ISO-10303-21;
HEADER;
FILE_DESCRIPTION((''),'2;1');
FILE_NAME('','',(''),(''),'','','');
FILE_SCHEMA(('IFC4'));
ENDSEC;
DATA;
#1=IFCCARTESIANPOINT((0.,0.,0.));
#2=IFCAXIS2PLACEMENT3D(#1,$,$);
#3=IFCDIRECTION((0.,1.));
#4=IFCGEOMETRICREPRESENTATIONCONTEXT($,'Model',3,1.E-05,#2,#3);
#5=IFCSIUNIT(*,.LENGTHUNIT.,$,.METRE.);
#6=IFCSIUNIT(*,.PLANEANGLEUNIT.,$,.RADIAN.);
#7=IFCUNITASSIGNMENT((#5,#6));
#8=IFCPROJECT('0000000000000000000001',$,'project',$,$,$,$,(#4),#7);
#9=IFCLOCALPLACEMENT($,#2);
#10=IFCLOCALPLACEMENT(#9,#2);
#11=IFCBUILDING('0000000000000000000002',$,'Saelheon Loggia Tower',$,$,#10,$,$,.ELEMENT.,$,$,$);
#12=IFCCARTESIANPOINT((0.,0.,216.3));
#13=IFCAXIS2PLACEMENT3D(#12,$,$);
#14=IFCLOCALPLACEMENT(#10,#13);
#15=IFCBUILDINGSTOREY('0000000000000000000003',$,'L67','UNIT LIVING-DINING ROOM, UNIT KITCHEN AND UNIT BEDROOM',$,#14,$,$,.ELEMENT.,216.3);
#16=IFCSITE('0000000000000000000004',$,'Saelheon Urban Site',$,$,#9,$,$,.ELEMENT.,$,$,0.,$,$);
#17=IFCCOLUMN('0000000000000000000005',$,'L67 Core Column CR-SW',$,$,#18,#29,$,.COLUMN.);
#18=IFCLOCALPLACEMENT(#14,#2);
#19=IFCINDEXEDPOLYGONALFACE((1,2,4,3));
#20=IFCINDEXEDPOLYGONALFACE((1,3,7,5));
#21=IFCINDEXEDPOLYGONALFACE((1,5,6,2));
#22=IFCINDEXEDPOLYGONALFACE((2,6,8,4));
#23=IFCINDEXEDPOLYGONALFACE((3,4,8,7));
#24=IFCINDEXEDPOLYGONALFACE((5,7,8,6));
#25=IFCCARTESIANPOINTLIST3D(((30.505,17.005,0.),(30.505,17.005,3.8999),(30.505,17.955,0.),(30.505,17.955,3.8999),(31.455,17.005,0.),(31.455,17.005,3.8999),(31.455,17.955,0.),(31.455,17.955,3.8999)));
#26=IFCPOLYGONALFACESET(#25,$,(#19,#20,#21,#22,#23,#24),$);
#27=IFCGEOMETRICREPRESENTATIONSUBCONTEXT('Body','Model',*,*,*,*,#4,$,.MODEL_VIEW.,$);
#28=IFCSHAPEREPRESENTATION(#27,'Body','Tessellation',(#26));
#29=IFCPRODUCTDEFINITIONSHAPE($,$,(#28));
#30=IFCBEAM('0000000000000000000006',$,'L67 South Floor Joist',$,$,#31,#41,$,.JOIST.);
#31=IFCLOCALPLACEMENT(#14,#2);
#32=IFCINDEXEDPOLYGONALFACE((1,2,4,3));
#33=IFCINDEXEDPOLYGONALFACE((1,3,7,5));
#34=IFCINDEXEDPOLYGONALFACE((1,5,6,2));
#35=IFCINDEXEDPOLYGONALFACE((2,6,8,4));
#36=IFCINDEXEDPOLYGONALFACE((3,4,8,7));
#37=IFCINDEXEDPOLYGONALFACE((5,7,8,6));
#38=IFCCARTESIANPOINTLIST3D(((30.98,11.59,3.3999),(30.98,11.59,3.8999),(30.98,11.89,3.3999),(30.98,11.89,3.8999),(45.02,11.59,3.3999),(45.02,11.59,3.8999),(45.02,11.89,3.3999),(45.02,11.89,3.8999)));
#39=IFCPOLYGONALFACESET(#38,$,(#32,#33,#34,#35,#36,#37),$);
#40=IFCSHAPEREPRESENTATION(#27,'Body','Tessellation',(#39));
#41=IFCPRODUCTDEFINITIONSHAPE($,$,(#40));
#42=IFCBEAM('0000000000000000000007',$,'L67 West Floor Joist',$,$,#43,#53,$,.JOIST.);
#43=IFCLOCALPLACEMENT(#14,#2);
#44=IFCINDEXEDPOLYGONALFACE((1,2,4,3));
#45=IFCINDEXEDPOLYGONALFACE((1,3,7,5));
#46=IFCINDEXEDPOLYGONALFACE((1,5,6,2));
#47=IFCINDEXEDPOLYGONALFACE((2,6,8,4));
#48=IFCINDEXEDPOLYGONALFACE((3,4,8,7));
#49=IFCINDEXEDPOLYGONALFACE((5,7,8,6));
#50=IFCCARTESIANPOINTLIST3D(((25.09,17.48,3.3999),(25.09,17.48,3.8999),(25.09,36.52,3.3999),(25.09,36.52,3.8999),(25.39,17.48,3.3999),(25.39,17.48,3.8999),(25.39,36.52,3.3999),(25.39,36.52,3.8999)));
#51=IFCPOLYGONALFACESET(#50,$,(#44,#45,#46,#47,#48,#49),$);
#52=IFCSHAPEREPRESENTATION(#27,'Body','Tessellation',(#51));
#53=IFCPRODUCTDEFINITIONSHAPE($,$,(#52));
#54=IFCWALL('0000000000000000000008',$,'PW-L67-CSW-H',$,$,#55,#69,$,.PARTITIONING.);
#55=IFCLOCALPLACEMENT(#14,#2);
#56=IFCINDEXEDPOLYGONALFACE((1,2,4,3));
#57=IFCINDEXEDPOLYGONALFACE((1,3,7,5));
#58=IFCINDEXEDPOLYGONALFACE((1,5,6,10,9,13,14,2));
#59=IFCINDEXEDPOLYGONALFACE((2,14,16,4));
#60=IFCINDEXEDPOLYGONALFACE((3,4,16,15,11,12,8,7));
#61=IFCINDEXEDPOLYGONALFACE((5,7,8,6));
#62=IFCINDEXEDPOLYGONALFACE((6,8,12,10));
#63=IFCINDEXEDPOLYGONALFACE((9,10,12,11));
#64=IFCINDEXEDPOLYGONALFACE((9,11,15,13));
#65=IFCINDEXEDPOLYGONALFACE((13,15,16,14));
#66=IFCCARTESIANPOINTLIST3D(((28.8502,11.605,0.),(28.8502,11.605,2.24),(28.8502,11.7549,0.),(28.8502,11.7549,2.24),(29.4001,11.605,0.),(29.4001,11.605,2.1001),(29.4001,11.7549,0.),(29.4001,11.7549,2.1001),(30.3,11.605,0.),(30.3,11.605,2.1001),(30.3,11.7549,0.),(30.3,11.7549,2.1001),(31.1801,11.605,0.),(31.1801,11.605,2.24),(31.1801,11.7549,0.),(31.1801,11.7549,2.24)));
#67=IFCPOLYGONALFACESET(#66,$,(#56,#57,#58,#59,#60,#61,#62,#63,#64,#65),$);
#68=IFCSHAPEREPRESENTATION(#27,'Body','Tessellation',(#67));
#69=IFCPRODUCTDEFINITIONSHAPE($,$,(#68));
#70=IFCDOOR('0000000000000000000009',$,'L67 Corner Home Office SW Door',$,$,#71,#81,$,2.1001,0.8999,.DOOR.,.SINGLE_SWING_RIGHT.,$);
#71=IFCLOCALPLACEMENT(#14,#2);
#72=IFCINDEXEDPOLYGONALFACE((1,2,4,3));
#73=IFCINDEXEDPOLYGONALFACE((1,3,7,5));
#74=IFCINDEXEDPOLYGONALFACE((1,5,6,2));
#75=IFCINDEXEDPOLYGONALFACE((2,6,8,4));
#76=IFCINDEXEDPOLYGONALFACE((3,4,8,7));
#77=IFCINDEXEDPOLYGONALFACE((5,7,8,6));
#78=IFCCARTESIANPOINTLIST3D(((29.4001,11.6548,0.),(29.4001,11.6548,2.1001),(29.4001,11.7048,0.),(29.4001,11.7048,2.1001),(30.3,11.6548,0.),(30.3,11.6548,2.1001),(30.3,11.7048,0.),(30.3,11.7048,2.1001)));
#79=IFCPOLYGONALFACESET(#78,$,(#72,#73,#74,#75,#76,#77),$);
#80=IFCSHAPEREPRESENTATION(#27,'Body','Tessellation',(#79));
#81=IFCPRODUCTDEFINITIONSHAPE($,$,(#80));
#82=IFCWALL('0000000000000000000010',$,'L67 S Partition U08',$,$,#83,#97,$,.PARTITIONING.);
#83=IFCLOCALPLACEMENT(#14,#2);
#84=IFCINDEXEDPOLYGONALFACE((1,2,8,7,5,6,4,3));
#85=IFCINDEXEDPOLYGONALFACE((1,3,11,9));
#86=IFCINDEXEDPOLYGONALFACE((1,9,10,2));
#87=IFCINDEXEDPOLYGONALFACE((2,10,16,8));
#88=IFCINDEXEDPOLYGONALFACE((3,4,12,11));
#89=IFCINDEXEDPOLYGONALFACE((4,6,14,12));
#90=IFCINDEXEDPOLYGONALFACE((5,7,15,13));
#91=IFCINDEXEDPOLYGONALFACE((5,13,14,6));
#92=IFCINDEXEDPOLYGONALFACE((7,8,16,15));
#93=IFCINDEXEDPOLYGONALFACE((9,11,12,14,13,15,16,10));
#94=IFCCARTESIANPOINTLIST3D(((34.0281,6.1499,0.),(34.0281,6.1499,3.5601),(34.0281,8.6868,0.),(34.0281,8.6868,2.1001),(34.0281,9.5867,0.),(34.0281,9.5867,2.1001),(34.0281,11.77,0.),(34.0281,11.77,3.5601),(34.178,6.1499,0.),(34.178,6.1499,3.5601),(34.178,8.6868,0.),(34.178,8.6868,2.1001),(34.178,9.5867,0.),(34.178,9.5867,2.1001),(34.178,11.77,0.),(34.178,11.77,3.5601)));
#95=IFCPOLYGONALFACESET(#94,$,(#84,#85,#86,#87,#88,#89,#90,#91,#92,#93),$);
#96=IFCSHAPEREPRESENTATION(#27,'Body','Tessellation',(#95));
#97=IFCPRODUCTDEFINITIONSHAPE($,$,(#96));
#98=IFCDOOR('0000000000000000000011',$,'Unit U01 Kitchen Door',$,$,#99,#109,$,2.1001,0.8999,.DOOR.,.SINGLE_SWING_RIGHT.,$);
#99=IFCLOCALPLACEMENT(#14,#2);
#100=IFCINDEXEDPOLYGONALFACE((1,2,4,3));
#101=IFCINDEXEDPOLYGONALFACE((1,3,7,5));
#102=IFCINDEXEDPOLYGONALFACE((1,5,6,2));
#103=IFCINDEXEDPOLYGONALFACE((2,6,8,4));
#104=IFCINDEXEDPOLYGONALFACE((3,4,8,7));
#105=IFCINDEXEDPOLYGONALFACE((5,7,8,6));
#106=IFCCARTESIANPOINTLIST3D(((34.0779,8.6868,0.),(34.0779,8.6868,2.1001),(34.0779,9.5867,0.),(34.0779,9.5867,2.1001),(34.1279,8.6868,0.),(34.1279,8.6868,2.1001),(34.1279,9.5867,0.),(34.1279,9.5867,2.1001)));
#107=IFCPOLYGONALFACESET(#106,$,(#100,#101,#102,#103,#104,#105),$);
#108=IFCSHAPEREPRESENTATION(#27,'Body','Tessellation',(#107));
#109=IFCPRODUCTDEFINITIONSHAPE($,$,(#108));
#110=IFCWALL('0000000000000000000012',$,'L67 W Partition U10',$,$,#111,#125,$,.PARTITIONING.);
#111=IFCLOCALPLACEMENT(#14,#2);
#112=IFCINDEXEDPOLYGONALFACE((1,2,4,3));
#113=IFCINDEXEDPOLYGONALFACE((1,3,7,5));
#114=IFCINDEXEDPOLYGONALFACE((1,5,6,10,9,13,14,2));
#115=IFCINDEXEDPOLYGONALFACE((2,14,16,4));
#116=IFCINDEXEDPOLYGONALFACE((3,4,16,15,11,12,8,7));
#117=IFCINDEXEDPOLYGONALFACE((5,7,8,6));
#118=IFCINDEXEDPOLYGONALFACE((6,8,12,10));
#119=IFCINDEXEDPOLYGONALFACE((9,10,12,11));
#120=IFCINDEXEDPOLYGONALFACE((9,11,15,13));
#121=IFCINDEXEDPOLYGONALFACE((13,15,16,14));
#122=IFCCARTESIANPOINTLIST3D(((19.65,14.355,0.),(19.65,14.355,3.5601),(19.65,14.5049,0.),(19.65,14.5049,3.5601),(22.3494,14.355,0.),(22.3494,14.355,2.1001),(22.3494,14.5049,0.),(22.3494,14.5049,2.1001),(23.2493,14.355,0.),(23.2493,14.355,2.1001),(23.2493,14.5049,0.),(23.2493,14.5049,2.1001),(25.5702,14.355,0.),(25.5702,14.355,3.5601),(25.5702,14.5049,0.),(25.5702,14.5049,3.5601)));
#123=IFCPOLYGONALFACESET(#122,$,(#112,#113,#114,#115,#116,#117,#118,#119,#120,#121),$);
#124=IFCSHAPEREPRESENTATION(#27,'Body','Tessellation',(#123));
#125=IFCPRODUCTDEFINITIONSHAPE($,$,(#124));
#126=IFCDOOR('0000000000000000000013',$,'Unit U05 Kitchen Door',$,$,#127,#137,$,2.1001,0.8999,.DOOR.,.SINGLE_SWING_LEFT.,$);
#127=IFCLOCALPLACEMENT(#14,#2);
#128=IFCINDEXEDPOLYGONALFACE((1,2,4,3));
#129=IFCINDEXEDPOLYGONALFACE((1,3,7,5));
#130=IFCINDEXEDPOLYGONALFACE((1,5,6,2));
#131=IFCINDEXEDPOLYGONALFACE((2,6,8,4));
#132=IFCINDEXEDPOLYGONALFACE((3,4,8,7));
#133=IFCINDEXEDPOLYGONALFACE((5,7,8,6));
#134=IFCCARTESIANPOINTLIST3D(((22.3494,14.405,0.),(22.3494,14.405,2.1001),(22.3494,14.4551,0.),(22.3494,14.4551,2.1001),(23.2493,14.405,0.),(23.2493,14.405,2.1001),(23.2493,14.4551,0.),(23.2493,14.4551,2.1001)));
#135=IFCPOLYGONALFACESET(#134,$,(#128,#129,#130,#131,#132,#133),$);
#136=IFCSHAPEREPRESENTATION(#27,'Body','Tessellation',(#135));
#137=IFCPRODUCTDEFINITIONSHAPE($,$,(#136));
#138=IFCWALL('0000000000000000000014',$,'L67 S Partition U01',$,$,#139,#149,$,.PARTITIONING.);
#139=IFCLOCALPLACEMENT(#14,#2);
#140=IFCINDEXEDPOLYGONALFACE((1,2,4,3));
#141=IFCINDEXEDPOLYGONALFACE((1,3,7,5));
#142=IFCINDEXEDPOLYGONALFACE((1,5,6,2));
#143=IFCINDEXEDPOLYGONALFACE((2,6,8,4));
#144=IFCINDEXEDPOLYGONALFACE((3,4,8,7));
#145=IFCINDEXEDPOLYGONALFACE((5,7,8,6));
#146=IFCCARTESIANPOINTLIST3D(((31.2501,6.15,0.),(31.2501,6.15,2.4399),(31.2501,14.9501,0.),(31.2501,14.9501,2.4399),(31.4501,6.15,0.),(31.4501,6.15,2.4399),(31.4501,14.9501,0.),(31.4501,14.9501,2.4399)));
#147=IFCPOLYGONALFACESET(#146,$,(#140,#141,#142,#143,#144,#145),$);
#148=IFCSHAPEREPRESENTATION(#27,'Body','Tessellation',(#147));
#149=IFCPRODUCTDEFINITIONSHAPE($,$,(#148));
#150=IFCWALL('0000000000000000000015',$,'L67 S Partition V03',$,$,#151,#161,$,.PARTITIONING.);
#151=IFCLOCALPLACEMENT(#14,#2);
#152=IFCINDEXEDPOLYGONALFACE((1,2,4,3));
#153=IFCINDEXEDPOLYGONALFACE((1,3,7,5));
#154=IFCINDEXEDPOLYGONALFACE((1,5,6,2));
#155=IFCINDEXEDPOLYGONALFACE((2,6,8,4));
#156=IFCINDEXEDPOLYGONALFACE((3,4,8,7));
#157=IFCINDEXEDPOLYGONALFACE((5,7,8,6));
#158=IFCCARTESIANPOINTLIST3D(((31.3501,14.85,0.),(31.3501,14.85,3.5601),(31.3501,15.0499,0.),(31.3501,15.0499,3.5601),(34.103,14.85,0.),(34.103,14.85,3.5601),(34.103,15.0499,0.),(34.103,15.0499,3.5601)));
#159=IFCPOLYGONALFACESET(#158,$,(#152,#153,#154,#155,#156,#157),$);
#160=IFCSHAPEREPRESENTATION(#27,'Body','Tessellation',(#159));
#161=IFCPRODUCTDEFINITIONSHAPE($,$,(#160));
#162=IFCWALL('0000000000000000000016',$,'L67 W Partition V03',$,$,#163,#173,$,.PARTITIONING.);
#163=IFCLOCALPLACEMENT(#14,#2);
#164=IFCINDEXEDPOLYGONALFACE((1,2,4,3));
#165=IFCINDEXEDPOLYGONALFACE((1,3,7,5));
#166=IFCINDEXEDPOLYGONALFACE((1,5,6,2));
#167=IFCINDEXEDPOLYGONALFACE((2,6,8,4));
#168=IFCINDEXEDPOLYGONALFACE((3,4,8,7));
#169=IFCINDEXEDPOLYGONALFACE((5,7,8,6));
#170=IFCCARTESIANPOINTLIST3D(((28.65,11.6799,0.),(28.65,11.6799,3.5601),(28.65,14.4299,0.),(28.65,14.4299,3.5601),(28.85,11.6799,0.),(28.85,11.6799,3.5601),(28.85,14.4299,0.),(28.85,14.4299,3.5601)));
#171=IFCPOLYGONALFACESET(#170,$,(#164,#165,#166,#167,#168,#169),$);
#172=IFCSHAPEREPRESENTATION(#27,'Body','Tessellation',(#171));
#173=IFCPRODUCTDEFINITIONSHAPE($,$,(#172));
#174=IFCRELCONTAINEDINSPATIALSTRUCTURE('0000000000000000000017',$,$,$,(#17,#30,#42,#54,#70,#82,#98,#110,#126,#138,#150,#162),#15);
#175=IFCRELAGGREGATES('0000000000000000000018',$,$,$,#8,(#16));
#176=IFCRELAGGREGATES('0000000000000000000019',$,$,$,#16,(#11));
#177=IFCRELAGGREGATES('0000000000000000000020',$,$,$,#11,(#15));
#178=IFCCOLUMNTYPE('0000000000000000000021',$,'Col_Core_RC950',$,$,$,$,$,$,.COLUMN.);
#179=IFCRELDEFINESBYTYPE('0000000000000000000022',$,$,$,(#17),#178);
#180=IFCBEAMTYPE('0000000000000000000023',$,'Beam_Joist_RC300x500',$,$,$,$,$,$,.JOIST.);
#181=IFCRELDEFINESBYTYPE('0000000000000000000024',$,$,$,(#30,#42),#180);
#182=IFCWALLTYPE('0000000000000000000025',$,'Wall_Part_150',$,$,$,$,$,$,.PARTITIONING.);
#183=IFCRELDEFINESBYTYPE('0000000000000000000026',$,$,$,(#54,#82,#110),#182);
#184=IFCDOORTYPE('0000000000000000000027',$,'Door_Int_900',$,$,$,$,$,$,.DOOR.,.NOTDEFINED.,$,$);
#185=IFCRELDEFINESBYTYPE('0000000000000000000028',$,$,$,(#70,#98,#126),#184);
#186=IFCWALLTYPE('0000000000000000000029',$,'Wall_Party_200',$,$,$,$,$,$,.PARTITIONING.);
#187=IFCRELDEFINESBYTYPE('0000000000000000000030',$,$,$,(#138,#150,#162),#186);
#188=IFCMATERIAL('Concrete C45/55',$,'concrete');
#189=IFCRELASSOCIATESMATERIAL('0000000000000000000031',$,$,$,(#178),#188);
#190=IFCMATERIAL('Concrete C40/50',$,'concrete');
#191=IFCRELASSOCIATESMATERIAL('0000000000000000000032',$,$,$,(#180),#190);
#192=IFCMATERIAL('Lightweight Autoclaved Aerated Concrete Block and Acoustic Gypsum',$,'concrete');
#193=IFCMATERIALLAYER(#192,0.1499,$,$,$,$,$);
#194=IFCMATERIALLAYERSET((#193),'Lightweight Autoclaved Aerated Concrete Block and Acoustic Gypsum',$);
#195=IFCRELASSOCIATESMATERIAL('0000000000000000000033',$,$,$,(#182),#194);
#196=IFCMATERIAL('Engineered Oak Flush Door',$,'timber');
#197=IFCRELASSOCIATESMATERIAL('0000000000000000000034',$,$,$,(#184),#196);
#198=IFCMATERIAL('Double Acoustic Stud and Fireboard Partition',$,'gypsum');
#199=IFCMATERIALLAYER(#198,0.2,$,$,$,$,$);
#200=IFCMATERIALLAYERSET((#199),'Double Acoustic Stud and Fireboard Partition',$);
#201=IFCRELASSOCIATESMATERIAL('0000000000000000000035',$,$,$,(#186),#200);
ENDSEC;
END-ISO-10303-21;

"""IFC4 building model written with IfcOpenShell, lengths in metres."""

from ifc_helpers import new_model, si_unit, direction, frame, frame_2d, origin, origin_2d, place, context, subcontext, project, spatial, rectangle, extrude, source, transform, mapped, material, layer, layer_set, material_profile, profile_set, type_object, element, fill, save


model = new_model("IFC4")

# Units and contexts
model_context = context("Model", 3, precision=1e-05, world=origin(), true_north=direction((0.0, 1.0)))
body_context = subcontext(model_context, "Body", "Model", "MODEL_VIEW")
ifc_project = project(units=[si_unit("LENGTHUNIT", "METRE"), si_unit("PLANEANGLEUNIT", "RADIAN")], contexts=[model_context])

# Site, building, storey
site_placement = place(None, origin())
site = spatial("IfcSite", under=ifc_project, at=site_placement, Name="Saelheon Urban Site", CompositionType="ELEMENT", RefElevation=0.0)
building_placement = place(site_placement, origin())
building = spatial("IfcBuilding", under=site, at=building_placement, Name="Saelheon Loggia Tower", CompositionType="ELEMENT")
storey_placement = place(building_placement, frame((0.0, 0.0, 216.3)))
storey = spatial("IfcBuildingStorey", under=building, at=storey_placement, Name="L67", Description="UNIT LIVING-DINING ROOM, UNIT KITCHEN AND UNIT BEDROOM", CompositionType="ELEMENT", Elevation=216.3)

# Column
ifc_material_1 = material(Name="Concrete C45/55", Category="concrete")
ifc_material_profile_1 = material_profile(ifc_material_1, rectangle(XDim=0.95, YDim=0.95, at=origin_2d()), Name="RC-950x950")
ifc_profile_set_1 = profile_set([ifc_material_profile_1], Name="Concrete C45/55")
column_type = type_object("IfcColumnType", Name="Col_Core_RC950", PredefinedType="COLUMN", material=ifc_profile_set_1)
shared_shape_1 = source(origin(), body_context, "Body", "SweptSolid", [
    extrude(rectangle(XDim=0.95, YDim=0.95, at=origin_2d()), origin(), (0.0, 0.0, 1.0), 3.8999),
])
column_placement = place(storey_placement, frame((30.98, 17.48, 0.0), z_axis=(0.0, 0.0, 1.0), x_axis=(1.0, 0.0, 0.0)))
element("IfcColumn", 1, at=column_placement, inside=storey, type_object=column_type, Name="L67 Core Column CR-SW", PredefinedType="COLUMN", context=body_context, shape_type="MappedRepresentation", body=[
    mapped(shared_shape_1, transform((0.0, 0.0, 0.0), scale=1.0)),
])

# Beams
ifc_material_2 = material(Name="Concrete C40/50", Category="concrete")
ifc_material_profile_2 = material_profile(ifc_material_2, rectangle(XDim=0.3, YDim=0.5, at=origin_2d()), Name="RC-300x500")
ifc_profile_set_2 = profile_set([ifc_material_profile_2], Name="Concrete C40/50")
beam_type = type_object("IfcBeamType", Name="Beam_Joist_RC300x500", PredefinedType="JOIST", material=ifc_profile_set_2)
shared_shape_2 = source(origin(), body_context, "Body", "SweptSolid", [
    extrude(rectangle(XDim=0.3, YDim=0.5, at=origin_2d()), origin(), (0.0, 0.0, 1.0), 14.04),
])
beam_1_placement = place(storey_placement, frame((30.98, 11.74, 3.6499), z_axis=(1.0, 0.0, 0.0), x_axis=(0.0, 1.0, 0.0)))
element("IfcBeam", 2, at=beam_1_placement, inside=storey, type_object=beam_type, Name="L67 South Floor Joist", PredefinedType="JOIST", context=body_context, shape_type="MappedRepresentation", body=[
    mapped(shared_shape_2, transform((0.0, 0.0, 0.0), scale=1.0)),
])
shared_shape_3 = source(origin(), body_context, "Body", "SweptSolid", [
    extrude(rectangle(XDim=0.3, YDim=0.5, at=origin_2d()), origin(), (0.0, 0.0, 1.0), 19.04),
])
beam_2_placement = place(storey_placement, frame((25.24, 17.48, 3.6499), z_axis=(0.0, 1.0, 0.0), x_axis=(-1.0, 0.0, 0.0)))
element("IfcBeam", 3, at=beam_2_placement, inside=storey, type_object=beam_type, Name="L67 West Floor Joist", PredefinedType="JOIST", context=body_context, shape_type="MappedRepresentation", body=[
    mapped(shared_shape_3, transform((0.0, 0.0, 0.0), scale=1.0)),
])

# Walls, openings, doors
ifc_material_3 = material(Name="Lightweight Autoclaved Aerated Concrete Block and Acoustic Gypsum", Category="concrete")
ifc_layer_1 = layer(ifc_material_3, 0.1499)
ifc_layer_set_1 = layer_set([ifc_layer_1], Name="Lightweight Autoclaved Aerated Concrete Block and Acoustic Gypsum")
wall_type_1 = type_object("IfcWallType", Name="Wall_Part_150", PredefinedType="PARTITIONING", material=ifc_layer_set_1)
wall_1_placement = place(storey_placement, frame((28.8501, 11.6799, 0.0), z_axis=(0.0, 0.0, 1.0), x_axis=(1.0, 0.0, 0.0)))
wall_1 = element("IfcWall", 4, at=wall_1_placement, inside=storey, type_object=wall_type_1, Name="PW-L67-CSW-H", PredefinedType="PARTITIONING", context=body_context, shape_type="SweptSolid", body=[
    extrude(rectangle(XDim=2.3298, YDim=0.1499, at=frame_2d((1.165, 0.0))), origin(), (0.0, 0.0, 1.0), 2.24),
])
opening_1_placement = place(wall_1_placement, frame((0.55, 0.0, 0.0)))
opening_1 = element("IfcOpeningElement", 5, at=opening_1_placement, cuts=wall_1, PredefinedType="OPENING", context=body_context, shape_type="SweptSolid", body=[
    extrude(rectangle(XDim=0.8999, YDim=2.1001, at=frame_2d((0.45, 1.05))), frame((0.0, 0.0869, 0.0), z_axis=(0.0, -1.0, 0.0), x_axis=(1.0, 0.0, 0.0)), (0.0, 0.0, 1.0), 0.1738),
])
ifc_material_4 = material(Name="Engineered Oak Flush Door", Category="timber")
door_type_1 = type_object("IfcDoorType", Name="Door_Int_900", OperationType="NOTDEFINED", PredefinedType="DOOR", material=ifc_material_4)
shared_shape_4 = source(origin(), body_context, "Body", "SweptSolid", [
    extrude(rectangle(XDim=0.8999, YDim=2.1001, at=frame_2d((0.45, 1.05))), frame((0.0, 0.0249, 0.0), z_axis=(0.0, -1.0, 0.0), x_axis=(1.0, 0.0, 0.0)), (0.0, 0.0, 1.0), 0.05),
])
door_1_placement = place(opening_1_placement, origin())
door_1 = element("IfcDoor", 6, at=door_1_placement, inside=storey, type_object=door_type_1, Name="L67 Corner Home Office SW Door", OperationType="SINGLE_SWING_RIGHT", OverallHeight=2.1001, OverallWidth=0.8999, PredefinedType="DOOR", context=body_context, shape_type="MappedRepresentation", body=[
    mapped(shared_shape_4, transform((0.0, 0.0, 0.0), scale=1.0)),
])
fill(opening_1, door_1)
wall_2_placement = place(storey_placement, frame((34.103, 11.77, 0.0), z_axis=(0.0, 0.0, 1.0), x_axis=(0.0, -1.0, 0.0)))
wall_2 = element("IfcWall", 7, at=wall_2_placement, inside=storey, type_object=wall_type_1, Name="L67 S Partition U08", PredefinedType="PARTITIONING", context=body_context, shape_type="SweptSolid", body=[
    extrude(rectangle(XDim=5.6201, YDim=0.1499, at=frame_2d((2.8101, 0.0))), origin(), (0.0, 0.0, 1.0), 3.5601),
])
opening_2_placement = place(wall_2_placement, frame((2.1833, 0.0, 0.0)))
opening_2 = element("IfcOpeningElement", 8, at=opening_2_placement, cuts=wall_2, PredefinedType="OPENING", context=body_context, shape_type="SweptSolid", body=[
    extrude(rectangle(XDim=0.8999, YDim=2.1001, at=frame_2d((0.45, 1.05))), frame((0.0, 0.0869, 0.0), z_axis=(0.0, -1.0, 0.0), x_axis=(1.0, 0.0, 0.0)), (0.0, 0.0, 1.0), 0.1738),
])
door_2_placement = place(opening_2_placement, origin())
door_2 = element("IfcDoor", 9, at=door_2_placement, inside=storey, type_object=door_type_1, Name="Unit U01 Kitchen Door", OperationType="SINGLE_SWING_RIGHT", OverallHeight=2.1001, OverallWidth=0.8999, PredefinedType="DOOR", context=body_context, shape_type="MappedRepresentation", body=[
    mapped(shared_shape_4, transform((0.0, 0.0, 0.0), scale=1.0)),
])
fill(opening_2, door_2)
wall_3_placement = place(storey_placement, frame((25.5701, 14.4299, 0.0), z_axis=(0.0, 0.0, 1.0), x_axis=(-1.0, 0.0, 0.0)))
wall_3 = element("IfcWall", 10, at=wall_3_placement, inside=storey, type_object=wall_type_1, Name="L67 W Partition U10", PredefinedType="PARTITIONING", context=body_context, shape_type="SweptSolid", body=[
    extrude(rectangle(XDim=5.9202, YDim=0.1499, at=frame_2d((2.96, 0.0))), origin(), (0.0, 0.0, 1.0), 3.5601),
])
opening_3_placement = place(wall_3_placement, frame((2.3208, 0.0, 0.0)))
opening_3 = element("IfcOpeningElement", 11, at=opening_3_placement, cuts=wall_3, PredefinedType="OPENING", context=body_context, shape_type="SweptSolid", body=[
    extrude(rectangle(XDim=0.8999, YDim=2.1001, at=frame_2d((0.45, 1.05))), frame((0.0, 0.0869, 0.0), z_axis=(0.0, -1.0, 0.0), x_axis=(1.0, 0.0, 0.0)), (0.0, 0.0, 1.0), 0.1738),
])
door_3_placement = place(opening_3_placement, origin())
door_3 = element("IfcDoor", 12, at=door_3_placement, inside=storey, type_object=door_type_1, Name="Unit U05 Kitchen Door", OperationType="SINGLE_SWING_LEFT", OverallHeight=2.1001, OverallWidth=0.8999, PredefinedType="DOOR", context=body_context, shape_type="MappedRepresentation", body=[
    mapped(shared_shape_4, transform((0.0, 0.0, 0.0), scale=1.0)),
])
fill(opening_3, door_3)

# Walls
ifc_material_5 = material(Name="Double Acoustic Stud and Fireboard Partition", Category="gypsum")
ifc_layer_2 = layer(ifc_material_5, 0.2)
ifc_layer_set_2 = layer_set([ifc_layer_2], Name="Double Acoustic Stud and Fireboard Partition")
wall_type_2 = type_object("IfcWallType", Name="Wall_Party_200", PredefinedType="PARTITIONING", material=ifc_layer_set_2)
wall_4_placement = place(storey_placement, frame((31.3501, 14.95, 0.0), z_axis=(0.0, 0.0, 1.0), x_axis=(0.0, -1.0, 0.0)))
element("IfcWall", 13, at=wall_4_placement, inside=storey, type_object=wall_type_2, Name="L67 S Partition U01", PredefinedType="PARTITIONING", context=body_context, shape_type="SweptSolid", body=[
    extrude(rectangle(XDim=8.8, YDim=0.2, at=frame_2d((4.3999, 0.0))), origin(), (0.0, 0.0, 1.0), 2.4399),
])
wall_5_placement = place(storey_placement, frame((31.3501, 14.95, 0.0), z_axis=(0.0, 0.0, 1.0), x_axis=(1.0, 0.0, 0.0)))
element("IfcWall", 14, at=wall_5_placement, inside=storey, type_object=wall_type_2, Name="L67 S Partition V03", PredefinedType="PARTITIONING", context=body_context, shape_type="SweptSolid", body=[
    extrude(rectangle(XDim=2.7529, YDim=0.2, at=frame_2d((1.3765, 0.0))), origin(), (0.0, 0.0, 1.0), 3.5601),
])

# Wall
wall_6_placement = place(storey_placement, frame((28.75, 11.6799, 0.0), z_axis=(0.0, 0.0, 1.0), x_axis=(0.0, 1.0, 0.0)))
element("IfcWall", 15, at=wall_6_placement, inside=storey, type_object=wall_type_2, Name="L67 W Partition V03", PredefinedType="PARTITIONING", context=body_context, shape_type="SweptSolid", body=[
    extrude(rectangle(XDim=2.75, YDim=0.2, at=frame_2d((1.375, 0.0))), origin(), (0.0, 0.0, 1.0), 3.5601),
])

save(model, "model.ifc")
